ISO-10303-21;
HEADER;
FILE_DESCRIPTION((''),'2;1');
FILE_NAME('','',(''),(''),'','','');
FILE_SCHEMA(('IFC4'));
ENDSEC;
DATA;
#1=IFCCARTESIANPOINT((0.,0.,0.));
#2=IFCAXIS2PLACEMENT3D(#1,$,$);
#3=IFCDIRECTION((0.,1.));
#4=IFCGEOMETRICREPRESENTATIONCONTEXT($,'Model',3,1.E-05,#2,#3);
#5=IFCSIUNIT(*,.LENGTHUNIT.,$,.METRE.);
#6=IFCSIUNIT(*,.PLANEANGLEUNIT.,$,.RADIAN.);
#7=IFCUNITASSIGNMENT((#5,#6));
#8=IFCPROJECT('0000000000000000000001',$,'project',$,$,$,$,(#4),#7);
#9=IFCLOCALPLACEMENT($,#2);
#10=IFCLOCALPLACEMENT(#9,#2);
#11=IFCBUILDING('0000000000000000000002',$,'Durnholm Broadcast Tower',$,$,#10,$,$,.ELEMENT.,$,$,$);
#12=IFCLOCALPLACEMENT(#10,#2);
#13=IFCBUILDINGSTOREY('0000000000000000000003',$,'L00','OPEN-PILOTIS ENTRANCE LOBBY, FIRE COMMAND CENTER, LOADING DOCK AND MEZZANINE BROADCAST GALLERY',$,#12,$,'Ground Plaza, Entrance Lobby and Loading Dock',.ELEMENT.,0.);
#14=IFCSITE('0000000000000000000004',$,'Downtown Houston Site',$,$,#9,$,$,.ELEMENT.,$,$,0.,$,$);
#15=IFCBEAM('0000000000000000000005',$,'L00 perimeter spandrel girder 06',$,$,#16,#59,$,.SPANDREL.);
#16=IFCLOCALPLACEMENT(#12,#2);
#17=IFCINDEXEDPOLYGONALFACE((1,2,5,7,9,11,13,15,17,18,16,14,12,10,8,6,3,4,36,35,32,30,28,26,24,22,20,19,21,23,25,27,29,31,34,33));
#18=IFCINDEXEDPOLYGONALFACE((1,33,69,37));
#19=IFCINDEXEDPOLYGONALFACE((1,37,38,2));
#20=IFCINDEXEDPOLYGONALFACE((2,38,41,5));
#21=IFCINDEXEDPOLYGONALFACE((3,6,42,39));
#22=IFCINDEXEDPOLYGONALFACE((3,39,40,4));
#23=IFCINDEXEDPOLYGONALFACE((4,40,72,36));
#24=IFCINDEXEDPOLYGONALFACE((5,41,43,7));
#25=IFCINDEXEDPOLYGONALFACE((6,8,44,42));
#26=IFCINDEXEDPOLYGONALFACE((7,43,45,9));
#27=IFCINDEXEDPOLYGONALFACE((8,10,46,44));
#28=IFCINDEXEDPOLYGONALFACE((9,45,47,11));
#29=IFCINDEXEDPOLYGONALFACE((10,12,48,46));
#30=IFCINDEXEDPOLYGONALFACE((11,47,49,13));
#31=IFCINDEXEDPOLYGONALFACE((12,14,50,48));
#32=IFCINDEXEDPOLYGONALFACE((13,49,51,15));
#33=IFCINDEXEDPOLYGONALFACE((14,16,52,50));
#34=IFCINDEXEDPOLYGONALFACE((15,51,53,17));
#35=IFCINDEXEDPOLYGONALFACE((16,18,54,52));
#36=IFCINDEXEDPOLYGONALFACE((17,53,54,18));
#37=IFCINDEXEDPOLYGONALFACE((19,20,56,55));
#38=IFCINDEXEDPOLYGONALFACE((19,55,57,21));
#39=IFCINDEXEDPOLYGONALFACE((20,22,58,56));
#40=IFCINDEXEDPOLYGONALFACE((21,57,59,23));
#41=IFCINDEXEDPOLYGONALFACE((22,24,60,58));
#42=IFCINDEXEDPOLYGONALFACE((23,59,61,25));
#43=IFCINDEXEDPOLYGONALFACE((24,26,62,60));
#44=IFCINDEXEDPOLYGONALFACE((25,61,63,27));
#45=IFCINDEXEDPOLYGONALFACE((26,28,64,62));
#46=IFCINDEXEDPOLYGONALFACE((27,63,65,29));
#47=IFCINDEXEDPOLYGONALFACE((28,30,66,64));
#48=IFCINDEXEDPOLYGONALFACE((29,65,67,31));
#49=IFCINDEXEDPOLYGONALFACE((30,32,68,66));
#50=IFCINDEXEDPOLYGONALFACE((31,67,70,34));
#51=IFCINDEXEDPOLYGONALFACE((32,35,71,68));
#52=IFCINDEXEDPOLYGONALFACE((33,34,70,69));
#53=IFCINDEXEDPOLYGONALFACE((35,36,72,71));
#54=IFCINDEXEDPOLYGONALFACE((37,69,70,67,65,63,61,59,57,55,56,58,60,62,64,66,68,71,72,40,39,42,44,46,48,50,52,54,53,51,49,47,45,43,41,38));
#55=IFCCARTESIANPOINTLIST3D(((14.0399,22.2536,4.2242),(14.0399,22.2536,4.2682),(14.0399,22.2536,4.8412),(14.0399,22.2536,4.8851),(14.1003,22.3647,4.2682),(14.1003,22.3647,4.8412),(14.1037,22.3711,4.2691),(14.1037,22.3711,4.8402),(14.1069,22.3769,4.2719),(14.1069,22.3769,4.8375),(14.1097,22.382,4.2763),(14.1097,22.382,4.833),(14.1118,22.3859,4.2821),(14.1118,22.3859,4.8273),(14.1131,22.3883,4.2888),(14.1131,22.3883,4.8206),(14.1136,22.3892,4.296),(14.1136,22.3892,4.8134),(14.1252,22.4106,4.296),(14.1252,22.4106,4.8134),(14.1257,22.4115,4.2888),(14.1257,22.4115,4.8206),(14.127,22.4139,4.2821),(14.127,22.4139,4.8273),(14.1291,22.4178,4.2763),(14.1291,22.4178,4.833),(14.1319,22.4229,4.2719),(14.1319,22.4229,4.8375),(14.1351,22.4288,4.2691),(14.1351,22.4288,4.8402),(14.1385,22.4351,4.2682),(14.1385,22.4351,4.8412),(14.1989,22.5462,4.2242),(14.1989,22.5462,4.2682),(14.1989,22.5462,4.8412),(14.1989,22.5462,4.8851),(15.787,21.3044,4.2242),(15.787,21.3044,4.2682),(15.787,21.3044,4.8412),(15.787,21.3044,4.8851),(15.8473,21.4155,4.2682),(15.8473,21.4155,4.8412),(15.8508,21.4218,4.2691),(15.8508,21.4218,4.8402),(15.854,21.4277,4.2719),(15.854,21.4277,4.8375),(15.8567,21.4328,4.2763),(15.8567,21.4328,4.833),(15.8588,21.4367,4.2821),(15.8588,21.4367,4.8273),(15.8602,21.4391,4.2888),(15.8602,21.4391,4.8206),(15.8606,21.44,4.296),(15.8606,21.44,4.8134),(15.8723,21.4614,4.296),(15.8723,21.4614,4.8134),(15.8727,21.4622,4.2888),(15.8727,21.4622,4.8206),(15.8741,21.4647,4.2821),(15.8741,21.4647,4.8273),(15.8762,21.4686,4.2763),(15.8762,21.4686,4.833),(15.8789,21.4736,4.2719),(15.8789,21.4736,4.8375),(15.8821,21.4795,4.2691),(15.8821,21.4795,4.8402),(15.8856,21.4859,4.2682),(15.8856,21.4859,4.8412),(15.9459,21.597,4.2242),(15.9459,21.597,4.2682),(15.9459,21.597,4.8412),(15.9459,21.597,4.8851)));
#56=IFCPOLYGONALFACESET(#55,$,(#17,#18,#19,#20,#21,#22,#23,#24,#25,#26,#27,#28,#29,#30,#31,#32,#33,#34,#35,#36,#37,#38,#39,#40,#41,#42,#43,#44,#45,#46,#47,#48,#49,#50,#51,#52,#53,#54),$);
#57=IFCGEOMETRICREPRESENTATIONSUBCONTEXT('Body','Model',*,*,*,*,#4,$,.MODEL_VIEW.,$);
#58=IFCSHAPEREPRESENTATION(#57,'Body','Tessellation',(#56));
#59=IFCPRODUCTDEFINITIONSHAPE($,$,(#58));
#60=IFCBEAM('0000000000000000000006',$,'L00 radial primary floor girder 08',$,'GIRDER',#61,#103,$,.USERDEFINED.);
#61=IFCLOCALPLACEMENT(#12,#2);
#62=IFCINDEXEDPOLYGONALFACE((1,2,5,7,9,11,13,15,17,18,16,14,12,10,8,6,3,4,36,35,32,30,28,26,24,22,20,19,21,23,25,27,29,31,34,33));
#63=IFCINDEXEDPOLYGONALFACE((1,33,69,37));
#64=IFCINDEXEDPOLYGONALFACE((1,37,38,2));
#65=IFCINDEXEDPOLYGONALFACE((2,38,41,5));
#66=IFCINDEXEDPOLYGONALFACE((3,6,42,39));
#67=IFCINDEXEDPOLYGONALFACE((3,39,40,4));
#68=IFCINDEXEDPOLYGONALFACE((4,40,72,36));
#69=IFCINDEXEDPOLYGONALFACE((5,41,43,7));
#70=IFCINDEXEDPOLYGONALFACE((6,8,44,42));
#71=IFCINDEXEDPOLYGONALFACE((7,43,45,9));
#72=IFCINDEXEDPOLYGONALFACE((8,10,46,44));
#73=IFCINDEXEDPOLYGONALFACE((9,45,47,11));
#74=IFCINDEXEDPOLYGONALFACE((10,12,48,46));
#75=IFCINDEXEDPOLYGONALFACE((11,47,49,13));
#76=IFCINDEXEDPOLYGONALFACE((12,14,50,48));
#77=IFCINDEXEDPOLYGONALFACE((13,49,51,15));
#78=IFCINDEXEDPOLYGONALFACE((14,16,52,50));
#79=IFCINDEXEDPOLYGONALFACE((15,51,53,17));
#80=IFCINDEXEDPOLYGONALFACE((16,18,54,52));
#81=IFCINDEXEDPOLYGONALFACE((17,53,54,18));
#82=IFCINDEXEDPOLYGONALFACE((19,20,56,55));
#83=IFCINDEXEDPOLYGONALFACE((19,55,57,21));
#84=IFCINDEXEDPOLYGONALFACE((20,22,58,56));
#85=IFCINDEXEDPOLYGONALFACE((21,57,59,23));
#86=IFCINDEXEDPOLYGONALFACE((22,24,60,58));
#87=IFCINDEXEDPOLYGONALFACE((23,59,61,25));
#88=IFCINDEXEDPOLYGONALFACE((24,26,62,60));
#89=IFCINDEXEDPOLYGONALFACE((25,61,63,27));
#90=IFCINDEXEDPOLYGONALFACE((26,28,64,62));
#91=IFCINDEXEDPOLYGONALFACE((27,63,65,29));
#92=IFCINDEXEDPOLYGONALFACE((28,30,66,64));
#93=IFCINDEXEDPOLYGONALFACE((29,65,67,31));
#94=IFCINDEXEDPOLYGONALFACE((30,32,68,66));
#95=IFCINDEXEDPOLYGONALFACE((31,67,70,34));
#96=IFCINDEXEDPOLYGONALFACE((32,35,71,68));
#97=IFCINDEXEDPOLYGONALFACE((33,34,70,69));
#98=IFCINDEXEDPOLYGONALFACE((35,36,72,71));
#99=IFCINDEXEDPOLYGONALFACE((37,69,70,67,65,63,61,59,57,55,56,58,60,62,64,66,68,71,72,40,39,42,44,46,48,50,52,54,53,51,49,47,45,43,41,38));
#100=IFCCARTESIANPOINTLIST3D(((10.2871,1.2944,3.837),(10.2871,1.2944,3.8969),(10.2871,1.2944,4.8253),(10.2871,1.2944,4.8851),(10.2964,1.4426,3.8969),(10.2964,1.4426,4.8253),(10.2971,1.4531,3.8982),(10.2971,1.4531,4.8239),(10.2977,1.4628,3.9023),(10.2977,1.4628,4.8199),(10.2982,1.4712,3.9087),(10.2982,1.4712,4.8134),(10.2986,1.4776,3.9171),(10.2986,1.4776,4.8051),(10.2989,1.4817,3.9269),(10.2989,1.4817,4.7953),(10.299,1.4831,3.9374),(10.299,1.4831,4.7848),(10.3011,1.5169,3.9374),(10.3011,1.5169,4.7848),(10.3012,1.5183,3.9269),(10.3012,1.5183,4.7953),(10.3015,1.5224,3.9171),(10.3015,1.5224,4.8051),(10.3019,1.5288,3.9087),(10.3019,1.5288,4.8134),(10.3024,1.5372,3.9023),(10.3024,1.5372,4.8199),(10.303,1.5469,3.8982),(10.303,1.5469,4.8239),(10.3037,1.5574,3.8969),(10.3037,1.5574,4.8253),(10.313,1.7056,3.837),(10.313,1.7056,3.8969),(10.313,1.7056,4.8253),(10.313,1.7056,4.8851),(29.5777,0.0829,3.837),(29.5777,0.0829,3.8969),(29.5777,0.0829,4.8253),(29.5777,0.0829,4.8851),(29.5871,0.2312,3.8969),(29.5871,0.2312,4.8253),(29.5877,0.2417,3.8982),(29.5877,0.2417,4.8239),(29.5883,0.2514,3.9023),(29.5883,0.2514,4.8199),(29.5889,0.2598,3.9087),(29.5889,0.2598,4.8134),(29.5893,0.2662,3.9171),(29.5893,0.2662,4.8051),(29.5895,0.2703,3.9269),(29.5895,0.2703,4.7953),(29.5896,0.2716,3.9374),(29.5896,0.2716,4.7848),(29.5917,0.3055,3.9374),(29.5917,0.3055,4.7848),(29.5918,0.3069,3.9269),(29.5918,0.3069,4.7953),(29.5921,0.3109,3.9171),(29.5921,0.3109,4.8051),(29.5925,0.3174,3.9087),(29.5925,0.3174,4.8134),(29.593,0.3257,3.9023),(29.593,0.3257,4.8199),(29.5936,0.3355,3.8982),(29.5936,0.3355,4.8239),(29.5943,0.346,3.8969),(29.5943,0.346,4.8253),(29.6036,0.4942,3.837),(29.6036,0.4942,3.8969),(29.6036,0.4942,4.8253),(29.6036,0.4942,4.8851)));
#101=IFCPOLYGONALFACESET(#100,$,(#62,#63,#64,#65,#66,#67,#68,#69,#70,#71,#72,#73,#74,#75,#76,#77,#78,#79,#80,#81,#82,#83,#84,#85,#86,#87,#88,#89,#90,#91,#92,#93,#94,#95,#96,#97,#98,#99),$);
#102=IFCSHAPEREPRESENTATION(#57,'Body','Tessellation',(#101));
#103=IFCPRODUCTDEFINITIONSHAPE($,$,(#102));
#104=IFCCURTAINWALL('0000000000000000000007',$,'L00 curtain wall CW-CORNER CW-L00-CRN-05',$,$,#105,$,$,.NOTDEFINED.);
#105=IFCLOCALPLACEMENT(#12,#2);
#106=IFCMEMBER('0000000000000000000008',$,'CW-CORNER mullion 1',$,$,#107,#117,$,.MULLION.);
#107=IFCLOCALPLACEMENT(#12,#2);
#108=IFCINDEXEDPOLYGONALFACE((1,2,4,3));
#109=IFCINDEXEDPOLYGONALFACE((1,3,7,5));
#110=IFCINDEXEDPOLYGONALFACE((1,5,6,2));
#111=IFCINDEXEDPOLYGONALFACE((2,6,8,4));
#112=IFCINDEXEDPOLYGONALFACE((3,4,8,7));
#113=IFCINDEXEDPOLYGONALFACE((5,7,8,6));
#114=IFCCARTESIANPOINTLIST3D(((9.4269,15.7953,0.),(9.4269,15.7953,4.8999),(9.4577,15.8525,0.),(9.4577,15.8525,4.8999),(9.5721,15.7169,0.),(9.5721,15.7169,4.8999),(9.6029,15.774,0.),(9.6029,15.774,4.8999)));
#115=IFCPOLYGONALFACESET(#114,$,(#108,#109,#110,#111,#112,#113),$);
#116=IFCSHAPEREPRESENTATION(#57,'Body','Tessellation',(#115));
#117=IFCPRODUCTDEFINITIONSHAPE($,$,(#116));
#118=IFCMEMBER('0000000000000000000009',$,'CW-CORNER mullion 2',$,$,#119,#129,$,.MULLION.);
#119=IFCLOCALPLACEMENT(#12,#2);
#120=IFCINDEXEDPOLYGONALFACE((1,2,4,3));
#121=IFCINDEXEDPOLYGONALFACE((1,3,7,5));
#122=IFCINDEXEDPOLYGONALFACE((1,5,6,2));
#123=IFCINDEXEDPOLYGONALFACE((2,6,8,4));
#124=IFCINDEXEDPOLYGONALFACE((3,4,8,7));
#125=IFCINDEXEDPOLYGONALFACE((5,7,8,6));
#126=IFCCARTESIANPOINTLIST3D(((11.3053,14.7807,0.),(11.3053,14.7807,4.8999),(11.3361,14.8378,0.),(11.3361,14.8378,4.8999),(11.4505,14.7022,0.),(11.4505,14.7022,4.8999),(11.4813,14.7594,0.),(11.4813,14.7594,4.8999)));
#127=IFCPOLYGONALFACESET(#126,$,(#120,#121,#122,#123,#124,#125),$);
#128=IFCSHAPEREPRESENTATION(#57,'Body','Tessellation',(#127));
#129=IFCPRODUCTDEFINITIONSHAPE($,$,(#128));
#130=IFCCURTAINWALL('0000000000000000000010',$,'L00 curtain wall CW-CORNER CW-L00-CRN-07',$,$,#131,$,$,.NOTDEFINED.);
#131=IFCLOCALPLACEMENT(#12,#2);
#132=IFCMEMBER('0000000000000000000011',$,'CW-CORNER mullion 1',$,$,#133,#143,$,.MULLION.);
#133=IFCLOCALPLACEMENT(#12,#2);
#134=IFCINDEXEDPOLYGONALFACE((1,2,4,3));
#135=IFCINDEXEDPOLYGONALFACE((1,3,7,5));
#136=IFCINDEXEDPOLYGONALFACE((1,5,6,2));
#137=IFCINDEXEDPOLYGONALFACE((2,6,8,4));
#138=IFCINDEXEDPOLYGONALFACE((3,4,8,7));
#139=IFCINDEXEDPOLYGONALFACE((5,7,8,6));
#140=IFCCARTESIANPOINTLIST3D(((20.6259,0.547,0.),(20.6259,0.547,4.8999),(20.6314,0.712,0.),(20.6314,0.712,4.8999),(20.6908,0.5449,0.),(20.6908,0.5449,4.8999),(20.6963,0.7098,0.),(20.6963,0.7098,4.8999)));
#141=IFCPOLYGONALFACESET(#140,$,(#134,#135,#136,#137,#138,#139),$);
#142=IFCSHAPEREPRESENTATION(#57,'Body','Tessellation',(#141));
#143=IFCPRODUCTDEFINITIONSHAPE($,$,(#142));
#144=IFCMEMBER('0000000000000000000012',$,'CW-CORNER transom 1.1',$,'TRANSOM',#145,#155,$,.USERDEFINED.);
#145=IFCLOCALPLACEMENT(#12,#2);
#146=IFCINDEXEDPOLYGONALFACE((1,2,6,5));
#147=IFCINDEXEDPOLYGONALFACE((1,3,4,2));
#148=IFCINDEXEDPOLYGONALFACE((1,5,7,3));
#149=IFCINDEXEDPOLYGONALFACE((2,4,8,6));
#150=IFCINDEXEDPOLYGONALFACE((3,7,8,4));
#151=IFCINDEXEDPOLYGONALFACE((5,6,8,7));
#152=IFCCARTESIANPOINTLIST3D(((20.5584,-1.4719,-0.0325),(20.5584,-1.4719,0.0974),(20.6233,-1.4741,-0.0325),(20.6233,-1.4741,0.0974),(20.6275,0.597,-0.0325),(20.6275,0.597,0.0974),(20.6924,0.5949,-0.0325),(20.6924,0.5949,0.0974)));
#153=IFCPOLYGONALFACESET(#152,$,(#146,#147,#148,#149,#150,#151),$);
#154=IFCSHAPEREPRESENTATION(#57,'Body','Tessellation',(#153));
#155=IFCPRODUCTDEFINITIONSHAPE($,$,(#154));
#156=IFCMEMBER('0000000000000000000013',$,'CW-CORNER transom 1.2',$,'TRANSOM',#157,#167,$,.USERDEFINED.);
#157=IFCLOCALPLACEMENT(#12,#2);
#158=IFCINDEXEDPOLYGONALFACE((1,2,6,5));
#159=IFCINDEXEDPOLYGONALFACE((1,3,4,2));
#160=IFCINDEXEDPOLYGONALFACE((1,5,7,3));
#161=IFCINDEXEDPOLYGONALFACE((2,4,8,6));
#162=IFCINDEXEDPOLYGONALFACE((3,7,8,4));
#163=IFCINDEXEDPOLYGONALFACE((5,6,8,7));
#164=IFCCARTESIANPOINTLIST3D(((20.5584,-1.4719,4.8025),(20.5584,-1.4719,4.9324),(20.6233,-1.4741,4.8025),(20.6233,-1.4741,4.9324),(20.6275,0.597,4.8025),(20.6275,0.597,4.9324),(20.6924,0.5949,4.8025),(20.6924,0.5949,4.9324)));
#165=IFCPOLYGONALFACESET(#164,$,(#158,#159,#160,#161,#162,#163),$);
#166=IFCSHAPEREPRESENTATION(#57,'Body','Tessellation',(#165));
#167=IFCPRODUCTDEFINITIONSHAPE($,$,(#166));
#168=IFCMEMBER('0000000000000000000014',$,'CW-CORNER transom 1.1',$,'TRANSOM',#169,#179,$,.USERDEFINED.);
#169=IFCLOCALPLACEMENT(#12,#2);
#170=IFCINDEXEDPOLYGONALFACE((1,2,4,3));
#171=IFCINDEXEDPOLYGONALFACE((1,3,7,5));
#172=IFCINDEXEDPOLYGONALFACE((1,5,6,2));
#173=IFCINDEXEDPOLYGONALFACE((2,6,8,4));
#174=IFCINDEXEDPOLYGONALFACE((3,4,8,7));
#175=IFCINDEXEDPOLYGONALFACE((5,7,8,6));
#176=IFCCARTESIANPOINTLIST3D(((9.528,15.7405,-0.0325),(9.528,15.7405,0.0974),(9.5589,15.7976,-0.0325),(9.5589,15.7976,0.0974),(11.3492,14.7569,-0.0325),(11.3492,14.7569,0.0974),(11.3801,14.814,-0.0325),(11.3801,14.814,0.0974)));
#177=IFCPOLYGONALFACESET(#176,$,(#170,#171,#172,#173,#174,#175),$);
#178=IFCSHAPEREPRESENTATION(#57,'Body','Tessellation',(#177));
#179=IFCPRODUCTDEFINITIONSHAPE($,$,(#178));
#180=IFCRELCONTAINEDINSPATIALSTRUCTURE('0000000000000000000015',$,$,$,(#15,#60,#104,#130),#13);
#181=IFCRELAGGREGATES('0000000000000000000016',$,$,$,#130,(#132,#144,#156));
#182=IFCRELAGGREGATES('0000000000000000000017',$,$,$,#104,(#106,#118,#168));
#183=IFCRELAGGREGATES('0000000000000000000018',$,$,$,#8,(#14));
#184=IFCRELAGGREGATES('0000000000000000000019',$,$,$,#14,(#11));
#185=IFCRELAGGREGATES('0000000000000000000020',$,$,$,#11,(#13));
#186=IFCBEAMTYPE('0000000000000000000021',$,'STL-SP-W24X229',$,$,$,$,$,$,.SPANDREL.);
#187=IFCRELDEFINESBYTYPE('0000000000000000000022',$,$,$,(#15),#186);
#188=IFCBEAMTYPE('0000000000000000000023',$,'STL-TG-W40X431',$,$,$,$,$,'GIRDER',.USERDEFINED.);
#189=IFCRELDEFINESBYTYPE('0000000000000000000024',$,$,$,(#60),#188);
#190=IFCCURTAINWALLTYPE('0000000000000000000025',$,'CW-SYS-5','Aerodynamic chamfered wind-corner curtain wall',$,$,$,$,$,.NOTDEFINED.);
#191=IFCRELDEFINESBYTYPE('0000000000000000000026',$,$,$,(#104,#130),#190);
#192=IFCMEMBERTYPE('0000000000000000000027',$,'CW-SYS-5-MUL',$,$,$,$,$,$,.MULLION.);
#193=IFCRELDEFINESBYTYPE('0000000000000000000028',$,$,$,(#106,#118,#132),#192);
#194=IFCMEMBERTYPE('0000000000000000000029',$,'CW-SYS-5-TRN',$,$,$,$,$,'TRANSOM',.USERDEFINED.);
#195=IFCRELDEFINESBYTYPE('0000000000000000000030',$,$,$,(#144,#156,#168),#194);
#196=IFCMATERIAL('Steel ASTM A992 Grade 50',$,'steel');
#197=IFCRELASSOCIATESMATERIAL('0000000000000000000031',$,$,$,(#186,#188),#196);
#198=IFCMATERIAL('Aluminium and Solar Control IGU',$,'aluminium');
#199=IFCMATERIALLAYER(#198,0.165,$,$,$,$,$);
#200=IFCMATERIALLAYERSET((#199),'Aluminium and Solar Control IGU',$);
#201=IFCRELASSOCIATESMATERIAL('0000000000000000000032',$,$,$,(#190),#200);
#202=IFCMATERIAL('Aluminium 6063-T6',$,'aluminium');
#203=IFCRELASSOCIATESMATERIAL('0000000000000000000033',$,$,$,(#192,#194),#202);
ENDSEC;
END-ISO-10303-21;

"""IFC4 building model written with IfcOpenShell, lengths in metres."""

from ifc_helpers import new_model, si_unit, direction, frame, origin, origin_2d, place, context, subcontext, project, spatial, rectangle, i_section, extrude, source, transform, mapped, material, layer, layer_set, material_profile, profile_set, type_object, type_shapes, element, aggregate, save


model = new_model("IFC4")

# Units and contexts
model_context = context("Model", 3, precision=1e-05, world=origin(), true_north=direction((0.0, 1.0)))
body_context = subcontext(model_context, "Body", "Model", "MODEL_VIEW")
ifc_project = project(units=[si_unit("LENGTHUNIT", "METRE"), si_unit("PLANEANGLEUNIT", "RADIAN")], contexts=[model_context])

# Site, building, storey
site_placement = place(None, origin())
site = spatial("IfcSite", under=ifc_project, at=site_placement, Name="Downtown Houston Site", CompositionType="ELEMENT", RefElevation=0.0)
building_placement = place(site_placement, origin())
building = spatial("IfcBuilding", under=site, at=building_placement, Name="Durnholm Broadcast Tower", CompositionType="ELEMENT")
storey_placement = place(building_placement, origin())
storey = spatial("IfcBuildingStorey", under=building, at=storey_placement, Name="L00", Description="OPEN-PILOTIS ENTRANCE LOBBY, FIRE COMMAND CENTER, LOADING DOCK AND MEZZANINE BROADCAST GALLERY", LongName="Ground Plaza, Entrance Lobby and Loading Dock", CompositionType="ELEMENT", Elevation=0.0)

# Shared definitions
ifc_material_1 = material(Name="Steel ASTM A992 Grade 50", Category="steel")

# Beams
ifc_material_profile_1 = material_profile(ifc_material_1, i_section(OverallWidth=0.333, OverallDepth=0.6609, WebThickness=0.0244, FlangeThickness=0.0439, FilletRadius=0.0278, at=origin_2d()), Name="W24X229")
ifc_profile_set_1 = profile_set([ifc_material_profile_1], Name="Steel ASTM A992 Grade 50")
beam_type_1 = type_object("IfcBeamType", Name="STL-SP-W24X229", PredefinedType="SPANDREL", material=ifc_profile_set_1)
shared_shape_1 = source(origin(), body_context, "Body", "SweptSolid", [
    extrude(i_section(OverallWidth=0.333, OverallDepth=0.6609, WebThickness=0.0244, FlangeThickness=0.0439, FilletRadius=0.0278, at=origin_2d()), origin(), (0.0, 0.0, 1.0), 1.9883),
])
beam_1_placement = place(storey_placement, frame((14.1194, 22.3999, 4.5547), z_axis=(0.878683, -0.477406, 0.0), x_axis=(0.477406, 0.878683, 0.0)))
element("IfcBeam", 1, at=beam_1_placement, inside=storey, type_object=beam_type_1, Name="L00 perimeter spandrel girder 06", PredefinedType="SPANDREL", context=body_context, shape_type="MappedRepresentation", body=[
    mapped(shared_shape_1, transform((0.0, 0.0, 0.0), x_axis=(1.0, 0.0, 0.0), y_axis=(0.0, 1.0, 0.0), z_axis=(0.0, 0.0, 1.0), scale=1.0)),
])
ifc_material_profile_2 = material_profile(ifc_material_1, i_section(OverallWidth=0.4121, OverallDepth=1.0481, WebThickness=0.0339, FlangeThickness=0.0598, FilletRadius=0.0405, at=origin_2d()), Name="W40X431")
ifc_profile_set_2 = profile_set([ifc_material_profile_2], Name="Steel ASTM A992 Grade 50")
beam_type_2 = type_object("IfcBeamType", Name="STL-TG-W40X431", ElementType="GIRDER", PredefinedType="USERDEFINED", material=ifc_profile_set_2)
shared_shape_2 = source(origin(), body_context, "Body", "SweptSolid", [
    extrude(i_section(OverallWidth=0.4121, OverallDepth=1.0481, WebThickness=0.0339, FlangeThickness=0.0598, FilletRadius=0.0405, at=origin_2d()), origin(), (0.0, 0.0, 1.0), 19.3286),
])
type_shapes(beam_type_2, [shared_shape_2])
beam_2_placement = place(storey_placement, frame((10.3, 1.5, 4.3611), z_axis=(0.998034, -0.062676, 0.0), x_axis=(0.062676, 0.998034, 0.0)))
element("IfcBeam", 2, at=beam_2_placement, inside=storey, type_object=beam_type_2, Name="L00 radial primary floor girder 08", ObjectType="GIRDER", PredefinedType="USERDEFINED", context=body_context, shape_type="MappedRepresentation", body=[
    mapped(shared_shape_2, transform((0.0, 0.0, 0.0), x_axis=(1.0, 0.0, 0.0), y_axis=(0.0, 1.0, 0.0), z_axis=(0.0, 0.0, 1.0), scale=1.0)),
])

# Curtain walls, members
ifc_material_2 = material(Name="Aluminium and Solar Control IGU", Category="aluminium")
ifc_layer_1 = layer(ifc_material_2, 0.165)
ifc_layer_set_1 = layer_set([ifc_layer_1], Name="Aluminium and Solar Control IGU")
curtain_wall_type = type_object("IfcCurtainWallType", Name="CW-SYS-5", Description="Aerodynamic chamfered wind-corner curtain wall", PredefinedType="NOTDEFINED", material=ifc_layer_set_1)
curtain_wall_1_placement = place(storey_placement, origin())
curtain_wall_1 = element("IfcCurtainWall", 3, at=curtain_wall_1_placement, inside=storey, type_object=curtain_wall_type, Name="L00 curtain wall CW-CORNER CW-L00-CRN-05", PredefinedType="NOTDEFINED")
ifc_material_3 = material(Name="Aluminium 6063-T6", Category="aluminium")
ifc_material_profile_3 = material_profile(ifc_material_3, rectangle(XDim=0.0649, YDim=0.165, at=origin_2d()), Name="CWM65X165")
ifc_profile_set_3 = profile_set([ifc_material_profile_3], Name="Aluminium 6063-T6")
member_type_1 = type_object("IfcMemberType", Name="CW-SYS-5-MUL", PredefinedType="MULLION", material=ifc_profile_set_3)
shared_shape_3 = source(origin(), body_context, "Body", "SweptSolid", [
    extrude(rectangle(XDim=0.0649, YDim=0.165, at=origin_2d()), origin(), (0.0, 0.0, 1.0), 4.8999),
])
type_shapes(member_type_1, [shared_shape_3])
member_1_placement = place(storey_placement, frame((9.5149, 15.7847, 0.0), z_axis=(0.0, 0.0, 1.0), x_axis=(0.475227, 0.879863, 0.0)))
member_1 = element("IfcMember", 4, at=member_1_placement, type_object=member_type_1, Name="CW-CORNER mullion 1", PredefinedType="MULLION", context=body_context, shape_type="MappedRepresentation", body=[
    mapped(shared_shape_3, transform((0.0, 0.0, 0.0), x_axis=(1.0, 0.0, 0.0), y_axis=(0.0, 1.0, 0.0), z_axis=(0.0, 0.0, 1.0), scale=1.0)),
])
member_2_placement = place(storey_placement, frame((11.3933, 14.77, 0.0), z_axis=(0.0, 0.0, 1.0), x_axis=(0.475227, 0.879863, 0.0)))
member_2 = element("IfcMember", 5, at=member_2_placement, type_object=member_type_1, Name="CW-CORNER mullion 2", PredefinedType="MULLION", context=body_context, shape_type="MappedRepresentation", body=[
    mapped(shared_shape_3, transform((0.0, 0.0, 0.0), x_axis=(1.0, 0.0, 0.0), y_axis=(0.0, 1.0, 0.0), z_axis=(0.0, 0.0, 1.0), scale=1.0)),
])
curtain_wall_2_placement = place(storey_placement, origin())
curtain_wall_2 = element("IfcCurtainWall", 6, at=curtain_wall_2_placement, inside=storey, type_object=curtain_wall_type, Name="L00 curtain wall CW-CORNER CW-L00-CRN-07", PredefinedType="NOTDEFINED")
member_3_placement = place(storey_placement, frame((20.6611, 0.6284, 0.0), z_axis=(0.0, 0.0, 1.0), x_axis=(0.99944, -0.033454, 0.0)))
member_3 = element("IfcMember", 7, at=member_3_placement, type_object=member_type_1, Name="CW-CORNER mullion 1", PredefinedType="MULLION", context=body_context, shape_type="MappedRepresentation", body=[
    mapped(shared_shape_3, transform((0.0, 0.0, 0.0), x_axis=(1.0, 0.0, 0.0), y_axis=(0.0, 1.0, 0.0), z_axis=(0.0, 0.0, 1.0), scale=1.0)),
])
ifc_material_profile_4 = material_profile(ifc_material_3, rectangle(XDim=0.0649, YDim=0.1299, at=origin_2d()), Name="CWT65X130")
ifc_profile_set_4 = profile_set([ifc_material_profile_4], Name="Aluminium 6063-T6")
member_type_2 = type_object("IfcMemberType", Name="CW-SYS-5-TRN", ElementType="TRANSOM", PredefinedType="USERDEFINED", material=ifc_profile_set_4)
shared_shape_4 = source(origin(), body_context, "Body", "SweptSolid", [
    extrude(rectangle(XDim=0.0649, YDim=0.1299, at=origin_2d()), origin(), (0.0, 0.0, 1.0), 2.0701),
])
member_4_placement = place(storey_placement, frame((20.6599, 0.5959, 0.0325), z_axis=(-0.033378, -0.999443, 0.0), x_axis=(0.999443, -0.033378, 0.0)))
member_4 = element("IfcMember", 8, at=member_4_placement, type_object=member_type_2, Name="CW-CORNER transom 1.1", ObjectType="TRANSOM", PredefinedType="USERDEFINED", context=body_context, shape_type="MappedRepresentation", body=[
    mapped(shared_shape_4, transform((0.0, 0.0, 0.0), x_axis=(1.0, 0.0, 0.0), y_axis=(0.0, 1.0, 0.0), z_axis=(0.0, 0.0, 1.0), scale=1.0)),
])
member_5_placement = place(storey_placement, frame((20.6599, 0.5959, 4.8674), z_axis=(-0.033378, -0.999443, 0.0), x_axis=(0.999443, -0.033378, 0.0)))
member_5 = element("IfcMember", 9, at=member_5_placement, type_object=member_type_2, Name="CW-CORNER transom 1.2", ObjectType="TRANSOM", PredefinedType="USERDEFINED", context=body_context, shape_type="MappedRepresentation", body=[
    mapped(shared_shape_4, transform((0.0, 0.0, 0.0), x_axis=(1.0, 0.0, 0.0), y_axis=(0.0, 1.0, 0.0), z_axis=(0.0, 0.0, 1.0), scale=1.0)),
])
aggregate(curtain_wall_2, [member_3, member_4, member_5])

# Member
shared_shape_5 = source(origin(), body_context, "Body", "SweptSolid", [
    extrude(rectangle(XDim=0.0649, YDim=0.1299, at=origin_2d()), origin(), (0.0, 0.0, 1.0), 2.0698),
])
type_shapes(member_type_2, [shared_shape_4, shared_shape_5])
member_6_placement = place(storey_placement, frame((9.5435, 15.769, 0.0325), z_axis=(0.879876, -0.475204, 0.0), x_axis=(0.475204, 0.879876, 0.0)))
member_6 = element("IfcMember", 10, at=member_6_placement, type_object=member_type_2, Name="CW-CORNER transom 1.1", ObjectType="TRANSOM", PredefinedType="USERDEFINED", context=body_context, shape_type="MappedRepresentation", body=[
    mapped(shared_shape_5, transform((0.0, 0.0, 0.0), x_axis=(1.0, 0.0, 0.0), y_axis=(0.0, 1.0, 0.0), z_axis=(0.0, 0.0, 1.0), scale=1.0)),
])

aggregate(curtain_wall_1, [member_1, member_2, member_6])

save(model, "model.ifc")
